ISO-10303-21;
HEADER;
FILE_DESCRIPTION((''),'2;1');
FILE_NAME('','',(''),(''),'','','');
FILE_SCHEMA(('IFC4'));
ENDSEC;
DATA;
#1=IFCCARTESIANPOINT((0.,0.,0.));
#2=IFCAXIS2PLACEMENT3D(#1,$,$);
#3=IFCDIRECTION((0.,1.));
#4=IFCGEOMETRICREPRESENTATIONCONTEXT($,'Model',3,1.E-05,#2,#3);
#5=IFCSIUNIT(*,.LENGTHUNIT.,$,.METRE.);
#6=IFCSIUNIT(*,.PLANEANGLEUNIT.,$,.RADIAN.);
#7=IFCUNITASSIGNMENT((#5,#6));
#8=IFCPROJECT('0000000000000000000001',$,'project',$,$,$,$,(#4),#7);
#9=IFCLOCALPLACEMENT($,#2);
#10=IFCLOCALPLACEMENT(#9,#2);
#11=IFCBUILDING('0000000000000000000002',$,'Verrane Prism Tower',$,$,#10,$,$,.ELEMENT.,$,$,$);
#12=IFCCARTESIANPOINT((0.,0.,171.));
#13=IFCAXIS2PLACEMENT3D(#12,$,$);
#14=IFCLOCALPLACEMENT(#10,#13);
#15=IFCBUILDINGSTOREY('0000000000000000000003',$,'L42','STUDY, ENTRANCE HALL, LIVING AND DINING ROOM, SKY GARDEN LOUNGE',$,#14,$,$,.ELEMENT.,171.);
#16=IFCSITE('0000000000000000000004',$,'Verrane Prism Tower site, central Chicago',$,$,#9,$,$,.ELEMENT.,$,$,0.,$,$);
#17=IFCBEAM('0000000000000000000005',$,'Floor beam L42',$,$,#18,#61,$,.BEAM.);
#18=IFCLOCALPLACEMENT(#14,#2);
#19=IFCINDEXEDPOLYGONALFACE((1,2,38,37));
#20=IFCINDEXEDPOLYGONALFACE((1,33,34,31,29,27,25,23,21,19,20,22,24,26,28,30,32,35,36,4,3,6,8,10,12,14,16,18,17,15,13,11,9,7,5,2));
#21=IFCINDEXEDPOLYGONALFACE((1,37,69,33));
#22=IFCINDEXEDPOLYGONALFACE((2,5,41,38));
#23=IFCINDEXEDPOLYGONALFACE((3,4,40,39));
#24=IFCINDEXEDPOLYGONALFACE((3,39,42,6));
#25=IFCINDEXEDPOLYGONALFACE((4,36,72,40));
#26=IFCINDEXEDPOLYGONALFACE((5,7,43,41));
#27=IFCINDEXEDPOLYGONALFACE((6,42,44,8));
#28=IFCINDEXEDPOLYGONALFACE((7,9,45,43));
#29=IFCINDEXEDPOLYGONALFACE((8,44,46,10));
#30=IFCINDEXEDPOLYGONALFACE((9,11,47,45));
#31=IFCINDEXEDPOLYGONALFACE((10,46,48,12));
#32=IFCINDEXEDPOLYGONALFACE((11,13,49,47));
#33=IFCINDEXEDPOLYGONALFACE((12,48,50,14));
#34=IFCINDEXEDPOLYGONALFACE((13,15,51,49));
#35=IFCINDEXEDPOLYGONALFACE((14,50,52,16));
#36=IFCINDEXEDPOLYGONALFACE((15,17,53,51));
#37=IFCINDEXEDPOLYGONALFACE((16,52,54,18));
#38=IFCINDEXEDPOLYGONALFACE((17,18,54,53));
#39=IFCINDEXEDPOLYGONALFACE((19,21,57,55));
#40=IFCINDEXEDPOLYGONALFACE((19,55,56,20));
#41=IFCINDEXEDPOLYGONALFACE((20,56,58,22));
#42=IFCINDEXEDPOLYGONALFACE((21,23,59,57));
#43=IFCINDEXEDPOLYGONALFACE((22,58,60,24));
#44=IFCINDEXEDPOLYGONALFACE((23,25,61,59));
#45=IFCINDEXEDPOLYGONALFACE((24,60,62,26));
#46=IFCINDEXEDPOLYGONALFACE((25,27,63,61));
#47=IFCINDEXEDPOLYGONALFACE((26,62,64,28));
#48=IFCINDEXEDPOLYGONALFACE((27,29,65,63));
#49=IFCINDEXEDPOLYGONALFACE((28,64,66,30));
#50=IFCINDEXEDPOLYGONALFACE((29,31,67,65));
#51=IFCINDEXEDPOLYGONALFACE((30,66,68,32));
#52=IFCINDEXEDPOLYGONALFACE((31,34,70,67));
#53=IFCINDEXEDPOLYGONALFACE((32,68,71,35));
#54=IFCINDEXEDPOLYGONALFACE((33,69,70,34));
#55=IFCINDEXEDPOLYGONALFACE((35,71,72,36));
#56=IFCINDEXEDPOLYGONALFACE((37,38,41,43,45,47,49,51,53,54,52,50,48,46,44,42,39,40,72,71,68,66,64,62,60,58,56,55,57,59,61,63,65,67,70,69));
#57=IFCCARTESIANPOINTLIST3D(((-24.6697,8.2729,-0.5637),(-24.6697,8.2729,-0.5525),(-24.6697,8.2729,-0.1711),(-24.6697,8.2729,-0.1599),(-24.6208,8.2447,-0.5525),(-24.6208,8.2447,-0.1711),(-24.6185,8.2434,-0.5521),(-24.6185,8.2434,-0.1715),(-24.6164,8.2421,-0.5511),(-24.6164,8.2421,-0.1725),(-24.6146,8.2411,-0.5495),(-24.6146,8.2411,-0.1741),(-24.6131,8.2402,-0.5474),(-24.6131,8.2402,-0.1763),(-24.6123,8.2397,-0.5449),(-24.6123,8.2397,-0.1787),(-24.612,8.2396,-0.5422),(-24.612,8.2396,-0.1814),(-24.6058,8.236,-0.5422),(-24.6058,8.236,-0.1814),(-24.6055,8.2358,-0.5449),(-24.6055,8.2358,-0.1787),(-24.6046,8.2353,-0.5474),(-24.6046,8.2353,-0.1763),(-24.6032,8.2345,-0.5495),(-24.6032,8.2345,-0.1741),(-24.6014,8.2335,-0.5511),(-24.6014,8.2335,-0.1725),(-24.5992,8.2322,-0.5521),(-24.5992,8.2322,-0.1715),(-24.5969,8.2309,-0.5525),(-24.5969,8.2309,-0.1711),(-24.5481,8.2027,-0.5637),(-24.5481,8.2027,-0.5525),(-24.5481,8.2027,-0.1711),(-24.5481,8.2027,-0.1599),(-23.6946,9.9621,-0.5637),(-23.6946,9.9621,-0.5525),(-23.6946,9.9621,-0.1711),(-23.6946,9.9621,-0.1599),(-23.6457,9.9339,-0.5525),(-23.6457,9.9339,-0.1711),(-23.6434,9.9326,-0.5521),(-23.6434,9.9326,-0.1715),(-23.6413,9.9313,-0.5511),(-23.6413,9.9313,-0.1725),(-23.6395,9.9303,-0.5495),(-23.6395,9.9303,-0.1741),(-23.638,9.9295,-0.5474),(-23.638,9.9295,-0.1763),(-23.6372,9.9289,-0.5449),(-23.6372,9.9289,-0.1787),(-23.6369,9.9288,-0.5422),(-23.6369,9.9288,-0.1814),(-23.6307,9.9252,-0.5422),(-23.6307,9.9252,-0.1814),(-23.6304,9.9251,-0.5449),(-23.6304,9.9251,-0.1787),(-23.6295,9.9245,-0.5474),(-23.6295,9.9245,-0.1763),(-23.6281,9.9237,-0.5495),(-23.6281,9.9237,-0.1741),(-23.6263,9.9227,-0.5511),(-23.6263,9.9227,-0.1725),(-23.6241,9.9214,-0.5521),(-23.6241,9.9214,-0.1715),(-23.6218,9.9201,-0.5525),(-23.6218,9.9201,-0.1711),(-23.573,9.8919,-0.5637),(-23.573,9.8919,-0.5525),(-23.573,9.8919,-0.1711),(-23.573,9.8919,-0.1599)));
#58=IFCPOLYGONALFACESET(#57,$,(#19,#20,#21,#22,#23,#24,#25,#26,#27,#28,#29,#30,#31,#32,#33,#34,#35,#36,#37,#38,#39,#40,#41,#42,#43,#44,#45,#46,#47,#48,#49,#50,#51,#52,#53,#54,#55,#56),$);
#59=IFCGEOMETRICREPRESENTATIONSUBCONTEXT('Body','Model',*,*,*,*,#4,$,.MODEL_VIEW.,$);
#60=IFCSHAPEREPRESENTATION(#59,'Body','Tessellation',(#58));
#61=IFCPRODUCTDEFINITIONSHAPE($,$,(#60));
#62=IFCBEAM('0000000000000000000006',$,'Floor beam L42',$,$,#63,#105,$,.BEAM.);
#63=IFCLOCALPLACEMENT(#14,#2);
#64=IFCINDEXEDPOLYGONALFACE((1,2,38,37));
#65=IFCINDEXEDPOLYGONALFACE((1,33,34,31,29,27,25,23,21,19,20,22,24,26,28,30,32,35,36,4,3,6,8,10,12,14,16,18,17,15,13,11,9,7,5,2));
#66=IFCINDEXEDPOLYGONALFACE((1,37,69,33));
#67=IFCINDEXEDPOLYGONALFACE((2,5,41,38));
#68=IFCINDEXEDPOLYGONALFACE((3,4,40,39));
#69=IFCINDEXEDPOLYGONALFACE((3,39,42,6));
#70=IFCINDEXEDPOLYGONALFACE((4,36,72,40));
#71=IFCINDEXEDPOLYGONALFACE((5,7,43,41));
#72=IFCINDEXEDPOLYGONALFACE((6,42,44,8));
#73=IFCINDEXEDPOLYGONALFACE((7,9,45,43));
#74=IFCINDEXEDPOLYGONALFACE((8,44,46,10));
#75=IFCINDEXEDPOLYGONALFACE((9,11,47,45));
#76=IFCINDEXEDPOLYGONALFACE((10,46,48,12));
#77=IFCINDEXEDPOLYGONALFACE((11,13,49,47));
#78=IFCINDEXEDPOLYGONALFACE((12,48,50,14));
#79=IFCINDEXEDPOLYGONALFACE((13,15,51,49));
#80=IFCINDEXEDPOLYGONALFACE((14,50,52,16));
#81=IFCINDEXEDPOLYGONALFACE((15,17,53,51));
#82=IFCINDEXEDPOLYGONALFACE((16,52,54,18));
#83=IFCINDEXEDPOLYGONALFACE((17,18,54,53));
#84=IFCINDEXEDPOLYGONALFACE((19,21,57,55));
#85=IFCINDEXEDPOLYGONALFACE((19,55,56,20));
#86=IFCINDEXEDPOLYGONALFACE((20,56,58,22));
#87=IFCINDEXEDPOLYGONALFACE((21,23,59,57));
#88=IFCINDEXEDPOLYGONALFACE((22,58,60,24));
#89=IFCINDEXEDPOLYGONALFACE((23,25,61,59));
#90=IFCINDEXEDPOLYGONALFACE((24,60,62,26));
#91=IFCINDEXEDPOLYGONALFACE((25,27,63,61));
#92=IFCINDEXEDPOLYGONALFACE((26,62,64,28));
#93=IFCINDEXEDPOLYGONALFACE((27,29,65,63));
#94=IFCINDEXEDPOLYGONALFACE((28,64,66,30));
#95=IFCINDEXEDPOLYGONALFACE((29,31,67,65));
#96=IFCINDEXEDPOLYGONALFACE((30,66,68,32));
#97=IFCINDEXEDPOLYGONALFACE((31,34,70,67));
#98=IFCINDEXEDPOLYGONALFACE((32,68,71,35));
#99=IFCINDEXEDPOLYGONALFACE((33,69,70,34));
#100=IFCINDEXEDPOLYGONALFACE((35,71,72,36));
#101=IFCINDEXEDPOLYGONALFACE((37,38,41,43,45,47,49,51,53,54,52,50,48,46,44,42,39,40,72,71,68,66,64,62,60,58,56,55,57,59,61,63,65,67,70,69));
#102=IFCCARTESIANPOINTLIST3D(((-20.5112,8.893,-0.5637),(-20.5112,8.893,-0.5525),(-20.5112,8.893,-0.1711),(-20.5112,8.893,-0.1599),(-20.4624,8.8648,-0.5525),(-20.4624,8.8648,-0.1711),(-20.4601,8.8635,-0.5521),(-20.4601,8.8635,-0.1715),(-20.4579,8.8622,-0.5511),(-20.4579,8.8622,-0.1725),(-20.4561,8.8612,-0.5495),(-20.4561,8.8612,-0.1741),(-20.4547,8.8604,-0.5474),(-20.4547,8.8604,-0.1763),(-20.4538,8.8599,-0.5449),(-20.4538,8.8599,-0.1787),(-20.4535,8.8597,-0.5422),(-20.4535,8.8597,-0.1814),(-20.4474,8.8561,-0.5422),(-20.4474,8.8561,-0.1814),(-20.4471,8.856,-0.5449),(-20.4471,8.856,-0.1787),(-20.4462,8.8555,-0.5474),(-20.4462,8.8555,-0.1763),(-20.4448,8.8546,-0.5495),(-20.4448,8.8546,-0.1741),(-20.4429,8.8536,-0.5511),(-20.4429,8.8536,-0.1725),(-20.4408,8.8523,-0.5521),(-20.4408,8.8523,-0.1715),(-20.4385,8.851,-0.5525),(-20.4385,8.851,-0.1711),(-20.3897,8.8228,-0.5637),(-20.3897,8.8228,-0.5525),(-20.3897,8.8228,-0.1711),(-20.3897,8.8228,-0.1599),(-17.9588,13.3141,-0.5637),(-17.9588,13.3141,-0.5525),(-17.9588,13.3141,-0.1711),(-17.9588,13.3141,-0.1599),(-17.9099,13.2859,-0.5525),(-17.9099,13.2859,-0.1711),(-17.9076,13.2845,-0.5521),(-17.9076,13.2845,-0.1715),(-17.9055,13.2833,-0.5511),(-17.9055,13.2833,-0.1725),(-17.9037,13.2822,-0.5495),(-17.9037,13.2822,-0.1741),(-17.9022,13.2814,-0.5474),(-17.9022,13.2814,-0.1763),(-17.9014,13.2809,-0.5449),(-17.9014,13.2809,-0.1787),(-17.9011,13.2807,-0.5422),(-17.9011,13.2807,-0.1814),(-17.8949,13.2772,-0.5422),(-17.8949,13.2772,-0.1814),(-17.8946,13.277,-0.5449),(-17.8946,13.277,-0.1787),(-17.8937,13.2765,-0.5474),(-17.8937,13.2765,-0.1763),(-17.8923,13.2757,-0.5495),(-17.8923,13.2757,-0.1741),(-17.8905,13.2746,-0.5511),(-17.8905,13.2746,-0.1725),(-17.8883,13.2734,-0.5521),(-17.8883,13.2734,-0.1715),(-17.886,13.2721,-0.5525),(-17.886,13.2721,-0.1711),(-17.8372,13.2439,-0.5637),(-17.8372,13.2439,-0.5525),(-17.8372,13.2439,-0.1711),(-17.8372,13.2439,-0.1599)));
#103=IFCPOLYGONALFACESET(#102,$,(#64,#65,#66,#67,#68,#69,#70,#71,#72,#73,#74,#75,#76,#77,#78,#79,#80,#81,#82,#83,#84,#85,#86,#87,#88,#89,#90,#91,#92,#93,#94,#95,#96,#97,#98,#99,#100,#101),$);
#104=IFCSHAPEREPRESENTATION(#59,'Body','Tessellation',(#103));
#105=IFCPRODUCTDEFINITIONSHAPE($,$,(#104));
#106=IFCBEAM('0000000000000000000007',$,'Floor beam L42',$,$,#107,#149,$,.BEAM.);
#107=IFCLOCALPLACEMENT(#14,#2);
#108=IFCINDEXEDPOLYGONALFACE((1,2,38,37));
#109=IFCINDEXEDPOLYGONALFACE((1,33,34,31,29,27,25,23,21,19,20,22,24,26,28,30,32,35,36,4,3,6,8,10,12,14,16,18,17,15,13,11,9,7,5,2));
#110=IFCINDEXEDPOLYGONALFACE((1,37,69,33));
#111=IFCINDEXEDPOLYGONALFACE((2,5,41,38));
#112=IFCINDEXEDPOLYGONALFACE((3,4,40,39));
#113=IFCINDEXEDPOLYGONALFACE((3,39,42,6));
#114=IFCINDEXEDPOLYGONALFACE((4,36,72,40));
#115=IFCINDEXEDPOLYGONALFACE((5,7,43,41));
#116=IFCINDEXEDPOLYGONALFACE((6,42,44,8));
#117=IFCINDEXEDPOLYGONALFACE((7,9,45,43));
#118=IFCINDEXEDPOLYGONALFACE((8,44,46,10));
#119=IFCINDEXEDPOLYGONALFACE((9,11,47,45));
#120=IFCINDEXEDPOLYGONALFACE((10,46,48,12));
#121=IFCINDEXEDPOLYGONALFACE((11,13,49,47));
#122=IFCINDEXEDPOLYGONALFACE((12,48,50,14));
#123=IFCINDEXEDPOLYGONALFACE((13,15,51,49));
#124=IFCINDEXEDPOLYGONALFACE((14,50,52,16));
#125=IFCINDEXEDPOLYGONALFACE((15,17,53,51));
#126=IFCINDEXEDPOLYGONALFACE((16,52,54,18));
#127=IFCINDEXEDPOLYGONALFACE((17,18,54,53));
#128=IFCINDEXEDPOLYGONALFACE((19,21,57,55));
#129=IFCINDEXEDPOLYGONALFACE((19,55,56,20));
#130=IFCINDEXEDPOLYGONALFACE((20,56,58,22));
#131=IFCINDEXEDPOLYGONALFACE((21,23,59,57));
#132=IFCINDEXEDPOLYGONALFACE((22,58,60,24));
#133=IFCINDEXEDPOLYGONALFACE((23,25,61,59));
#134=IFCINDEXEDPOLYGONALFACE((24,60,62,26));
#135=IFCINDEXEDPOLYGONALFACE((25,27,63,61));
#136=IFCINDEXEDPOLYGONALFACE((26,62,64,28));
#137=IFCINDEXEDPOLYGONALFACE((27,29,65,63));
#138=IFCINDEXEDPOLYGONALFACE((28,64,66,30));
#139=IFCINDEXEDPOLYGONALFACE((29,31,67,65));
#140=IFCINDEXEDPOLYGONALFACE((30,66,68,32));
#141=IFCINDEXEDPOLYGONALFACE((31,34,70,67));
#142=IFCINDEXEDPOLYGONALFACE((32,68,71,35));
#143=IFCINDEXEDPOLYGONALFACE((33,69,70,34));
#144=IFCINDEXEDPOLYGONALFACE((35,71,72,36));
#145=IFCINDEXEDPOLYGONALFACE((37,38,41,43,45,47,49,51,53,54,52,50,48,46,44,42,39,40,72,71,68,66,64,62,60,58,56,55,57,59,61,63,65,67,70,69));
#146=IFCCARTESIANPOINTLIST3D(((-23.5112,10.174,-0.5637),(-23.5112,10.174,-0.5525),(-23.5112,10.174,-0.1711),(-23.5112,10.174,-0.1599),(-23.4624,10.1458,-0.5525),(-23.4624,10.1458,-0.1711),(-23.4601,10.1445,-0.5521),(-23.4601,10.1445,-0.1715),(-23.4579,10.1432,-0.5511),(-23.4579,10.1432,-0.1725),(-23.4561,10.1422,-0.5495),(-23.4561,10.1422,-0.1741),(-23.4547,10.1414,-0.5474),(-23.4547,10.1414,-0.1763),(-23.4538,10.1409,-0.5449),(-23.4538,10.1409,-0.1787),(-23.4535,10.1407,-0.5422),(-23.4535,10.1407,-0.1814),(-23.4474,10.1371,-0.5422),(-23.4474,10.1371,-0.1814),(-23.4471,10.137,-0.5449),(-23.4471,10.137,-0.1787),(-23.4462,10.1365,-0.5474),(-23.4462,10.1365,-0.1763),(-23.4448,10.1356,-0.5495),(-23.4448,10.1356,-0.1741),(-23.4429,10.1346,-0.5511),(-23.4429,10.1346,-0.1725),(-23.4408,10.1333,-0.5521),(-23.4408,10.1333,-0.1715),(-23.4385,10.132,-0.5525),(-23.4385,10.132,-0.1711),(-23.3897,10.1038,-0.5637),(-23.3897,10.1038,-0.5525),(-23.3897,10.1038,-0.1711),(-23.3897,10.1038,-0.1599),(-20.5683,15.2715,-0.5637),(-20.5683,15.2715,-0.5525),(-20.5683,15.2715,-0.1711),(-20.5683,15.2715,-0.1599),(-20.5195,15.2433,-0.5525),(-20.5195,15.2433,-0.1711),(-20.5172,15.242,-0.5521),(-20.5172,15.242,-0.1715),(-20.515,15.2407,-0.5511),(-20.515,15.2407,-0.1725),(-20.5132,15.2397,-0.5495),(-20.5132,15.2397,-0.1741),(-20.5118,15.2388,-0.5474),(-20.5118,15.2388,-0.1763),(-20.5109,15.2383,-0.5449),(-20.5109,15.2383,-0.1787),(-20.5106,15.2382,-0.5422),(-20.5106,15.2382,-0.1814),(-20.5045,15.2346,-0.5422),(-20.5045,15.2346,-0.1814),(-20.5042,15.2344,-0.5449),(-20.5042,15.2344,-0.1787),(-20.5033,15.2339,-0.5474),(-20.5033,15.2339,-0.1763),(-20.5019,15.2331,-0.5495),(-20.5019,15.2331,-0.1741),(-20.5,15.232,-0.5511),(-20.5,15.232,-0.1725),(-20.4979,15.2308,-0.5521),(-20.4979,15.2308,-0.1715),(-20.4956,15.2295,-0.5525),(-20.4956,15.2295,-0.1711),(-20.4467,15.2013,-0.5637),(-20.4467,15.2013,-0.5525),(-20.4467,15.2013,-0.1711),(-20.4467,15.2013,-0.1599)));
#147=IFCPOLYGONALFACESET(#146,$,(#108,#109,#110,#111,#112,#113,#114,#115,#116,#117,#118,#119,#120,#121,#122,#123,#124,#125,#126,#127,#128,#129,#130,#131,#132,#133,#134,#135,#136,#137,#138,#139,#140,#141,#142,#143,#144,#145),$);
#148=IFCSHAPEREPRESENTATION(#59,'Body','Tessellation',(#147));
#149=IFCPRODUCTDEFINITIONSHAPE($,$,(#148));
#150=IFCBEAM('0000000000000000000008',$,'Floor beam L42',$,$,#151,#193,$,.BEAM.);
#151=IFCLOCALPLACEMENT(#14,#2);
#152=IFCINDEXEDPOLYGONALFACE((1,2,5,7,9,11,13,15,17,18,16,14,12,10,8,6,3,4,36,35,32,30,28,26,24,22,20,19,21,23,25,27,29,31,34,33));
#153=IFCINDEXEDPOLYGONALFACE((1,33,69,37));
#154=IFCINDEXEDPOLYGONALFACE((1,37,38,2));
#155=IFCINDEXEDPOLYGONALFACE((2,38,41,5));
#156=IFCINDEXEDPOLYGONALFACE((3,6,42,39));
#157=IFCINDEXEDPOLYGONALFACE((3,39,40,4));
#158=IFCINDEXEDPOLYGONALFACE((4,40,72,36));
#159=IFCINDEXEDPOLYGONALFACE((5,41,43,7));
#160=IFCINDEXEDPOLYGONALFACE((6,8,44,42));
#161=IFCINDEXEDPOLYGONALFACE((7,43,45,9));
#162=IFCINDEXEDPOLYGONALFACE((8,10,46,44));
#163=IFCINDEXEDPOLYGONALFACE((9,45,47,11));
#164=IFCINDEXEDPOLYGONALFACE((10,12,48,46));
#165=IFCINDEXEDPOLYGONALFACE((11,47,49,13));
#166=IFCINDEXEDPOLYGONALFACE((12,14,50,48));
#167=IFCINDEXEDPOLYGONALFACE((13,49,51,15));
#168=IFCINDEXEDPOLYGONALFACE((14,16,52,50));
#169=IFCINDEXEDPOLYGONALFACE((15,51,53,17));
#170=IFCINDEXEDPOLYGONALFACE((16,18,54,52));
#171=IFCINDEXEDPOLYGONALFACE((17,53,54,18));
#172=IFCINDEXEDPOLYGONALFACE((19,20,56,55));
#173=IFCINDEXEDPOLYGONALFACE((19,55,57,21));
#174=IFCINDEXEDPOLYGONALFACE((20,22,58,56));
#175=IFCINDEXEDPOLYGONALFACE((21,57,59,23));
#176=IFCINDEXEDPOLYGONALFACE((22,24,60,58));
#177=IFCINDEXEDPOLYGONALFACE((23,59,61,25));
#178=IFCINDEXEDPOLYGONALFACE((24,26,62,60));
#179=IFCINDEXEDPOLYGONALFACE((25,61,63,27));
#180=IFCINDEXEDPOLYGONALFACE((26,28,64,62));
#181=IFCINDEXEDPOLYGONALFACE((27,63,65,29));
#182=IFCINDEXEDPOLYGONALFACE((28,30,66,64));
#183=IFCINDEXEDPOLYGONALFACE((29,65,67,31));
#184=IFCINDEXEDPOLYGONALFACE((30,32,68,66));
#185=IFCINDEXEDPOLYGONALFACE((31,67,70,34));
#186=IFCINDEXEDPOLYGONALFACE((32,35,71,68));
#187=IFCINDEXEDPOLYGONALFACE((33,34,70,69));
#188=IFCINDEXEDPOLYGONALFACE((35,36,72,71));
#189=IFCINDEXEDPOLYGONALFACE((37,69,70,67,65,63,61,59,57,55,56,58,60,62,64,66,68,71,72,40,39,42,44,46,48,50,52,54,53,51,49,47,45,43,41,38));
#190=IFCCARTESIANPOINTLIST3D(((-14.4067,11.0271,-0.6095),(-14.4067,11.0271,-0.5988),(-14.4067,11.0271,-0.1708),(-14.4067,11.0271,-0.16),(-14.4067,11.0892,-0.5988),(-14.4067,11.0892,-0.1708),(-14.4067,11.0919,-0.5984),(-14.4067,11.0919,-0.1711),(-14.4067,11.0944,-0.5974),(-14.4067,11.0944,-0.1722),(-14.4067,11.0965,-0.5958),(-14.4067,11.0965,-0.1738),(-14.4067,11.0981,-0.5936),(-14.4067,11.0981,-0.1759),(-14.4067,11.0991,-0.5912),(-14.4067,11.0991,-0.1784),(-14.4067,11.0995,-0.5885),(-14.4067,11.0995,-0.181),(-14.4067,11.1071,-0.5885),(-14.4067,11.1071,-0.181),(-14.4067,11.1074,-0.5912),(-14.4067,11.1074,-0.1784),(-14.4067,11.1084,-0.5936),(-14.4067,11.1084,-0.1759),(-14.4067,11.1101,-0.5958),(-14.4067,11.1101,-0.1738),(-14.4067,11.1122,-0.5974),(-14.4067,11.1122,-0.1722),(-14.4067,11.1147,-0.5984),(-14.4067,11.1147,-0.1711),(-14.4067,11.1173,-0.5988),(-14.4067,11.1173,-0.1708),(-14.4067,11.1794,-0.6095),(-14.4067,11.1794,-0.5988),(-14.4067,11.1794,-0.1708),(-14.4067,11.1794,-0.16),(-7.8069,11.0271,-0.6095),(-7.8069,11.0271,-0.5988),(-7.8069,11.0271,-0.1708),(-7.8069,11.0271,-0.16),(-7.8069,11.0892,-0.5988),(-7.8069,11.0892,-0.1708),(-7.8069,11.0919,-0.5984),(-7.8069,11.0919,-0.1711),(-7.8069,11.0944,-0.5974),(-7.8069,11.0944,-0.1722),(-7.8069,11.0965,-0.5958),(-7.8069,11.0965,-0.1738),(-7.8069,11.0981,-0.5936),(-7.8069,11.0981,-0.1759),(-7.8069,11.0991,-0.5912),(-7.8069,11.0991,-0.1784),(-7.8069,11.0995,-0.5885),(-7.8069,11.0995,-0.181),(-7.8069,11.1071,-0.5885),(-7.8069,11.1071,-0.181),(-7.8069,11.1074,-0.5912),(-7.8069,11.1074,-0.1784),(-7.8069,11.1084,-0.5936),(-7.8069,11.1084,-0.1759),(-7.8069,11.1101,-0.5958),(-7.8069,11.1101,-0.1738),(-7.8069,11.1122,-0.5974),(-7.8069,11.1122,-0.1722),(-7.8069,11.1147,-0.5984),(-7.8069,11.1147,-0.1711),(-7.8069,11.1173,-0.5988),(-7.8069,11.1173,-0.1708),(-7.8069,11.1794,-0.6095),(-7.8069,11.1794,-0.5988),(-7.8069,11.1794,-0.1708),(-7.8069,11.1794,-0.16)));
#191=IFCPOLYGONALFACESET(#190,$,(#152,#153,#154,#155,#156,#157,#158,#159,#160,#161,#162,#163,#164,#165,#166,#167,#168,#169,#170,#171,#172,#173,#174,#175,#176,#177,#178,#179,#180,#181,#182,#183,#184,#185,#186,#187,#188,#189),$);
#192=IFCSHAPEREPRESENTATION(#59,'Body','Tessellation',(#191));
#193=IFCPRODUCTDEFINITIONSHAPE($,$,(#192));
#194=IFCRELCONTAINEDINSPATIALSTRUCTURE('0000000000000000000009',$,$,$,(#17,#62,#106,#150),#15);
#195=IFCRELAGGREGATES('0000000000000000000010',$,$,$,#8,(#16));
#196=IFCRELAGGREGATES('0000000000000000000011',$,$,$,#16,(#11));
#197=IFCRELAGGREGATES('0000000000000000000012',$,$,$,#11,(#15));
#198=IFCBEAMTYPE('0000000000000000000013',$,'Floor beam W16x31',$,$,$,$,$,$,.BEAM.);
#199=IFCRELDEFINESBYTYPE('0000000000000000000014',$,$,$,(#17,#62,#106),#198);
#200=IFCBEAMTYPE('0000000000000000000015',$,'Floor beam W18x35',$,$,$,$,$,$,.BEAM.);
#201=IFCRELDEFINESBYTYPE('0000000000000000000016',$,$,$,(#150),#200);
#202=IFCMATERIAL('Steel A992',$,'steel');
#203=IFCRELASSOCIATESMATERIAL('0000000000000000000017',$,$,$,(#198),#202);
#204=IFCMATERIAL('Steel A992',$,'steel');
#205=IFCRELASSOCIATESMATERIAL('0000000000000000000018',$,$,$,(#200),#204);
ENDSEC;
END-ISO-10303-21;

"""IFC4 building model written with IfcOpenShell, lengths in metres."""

from ifc_helpers import new_model, si_unit, direction, frame, origin, origin_2d, place, context, subcontext, project, spatial, i_section, extrude, material, material_profile, profile_set, type_object, element, save


model = new_model("IFC4")

# Units and contexts
model_context = context("Model", 3, precision=1e-05, world=origin(), true_north=direction((0.0, 1.0)))
body_context = subcontext(model_context, "Body", "Model", "MODEL_VIEW")
ifc_project = project(units=[si_unit("LENGTHUNIT", "METRE"), si_unit("PLANEANGLEUNIT", "RADIAN")], contexts=[model_context])

# Site, building, storey
site_placement = place(None, origin())
site = spatial("IfcSite", under=ifc_project, at=site_placement, Name="Verrane Prism Tower site, central Chicago", CompositionType="ELEMENT", RefElevation=0.0)
building_placement = place(site_placement, origin())
building = spatial("IfcBuilding", under=site, at=building_placement, Name="Verrane Prism Tower", CompositionType="ELEMENT")
storey_placement = place(building_placement, frame((0.0, 0.0, 171.0)))
storey = spatial("IfcBuildingStorey", under=building, at=storey_placement, Name="L42", Description="STUDY, ENTRANCE HALL, LIVING AND DINING ROOM, SKY GARDEN LOUNGE", CompositionType="ELEMENT", Elevation=171.0)

# Beams
ifc_material_1 = material(Name="Steel A992", Category="steel")
ifc_material_profile_1 = material_profile(ifc_material_1, i_section(OverallWidth=0.1404, OverallDepth=0.4038, WebThickness=0.0071, FlangeThickness=0.0112, FilletRadius=0.0103, at=origin_2d()), Name="W16x31")
ifc_profile_set_1 = profile_set([ifc_material_profile_1], Name="Steel A992")
beam_type_1 = type_object("IfcBeamType", Name="Floor beam W16x31", PredefinedType="BEAM", material=ifc_profile_set_1)
beam_1_placement = place(storey_placement, frame((-24.6089, 8.2378, -0.3618), z_axis=(0.499936, 0.866063, 0.0), x_axis=(-0.866063, 0.499936, 0.0)))
element("IfcBeam", 1, at=beam_1_placement, inside=storey, type_object=beam_type_1, Name="Floor beam L42", PredefinedType="BEAM", context=body_context, shape_type="SweptSolid", body=[
    extrude(i_section(OverallWidth=0.1404, OverallDepth=0.4038, WebThickness=0.0071, FlangeThickness=0.0112, FilletRadius=0.0103, at=origin_2d()), origin(), (0.0, 0.0, 1.0), 1.9504),
])
beam_2_placement = place(storey_placement, frame((-20.4504, 8.8579, -0.3618), z_axis=(0.499992, 0.86603, 0.0), x_axis=(-0.86603, 0.499992, 0.0)))
element("IfcBeam", 2, at=beam_2_placement, inside=storey, type_object=beam_type_1, Name="Floor beam L42", PredefinedType="BEAM", context=body_context, shape_type="SweptSolid", body=[
    extrude(i_section(OverallWidth=0.1404, OverallDepth=0.4038, WebThickness=0.0071, FlangeThickness=0.0112, FilletRadius=0.0103, at=origin_2d()), origin(), (0.0, 0.0, 1.0), 5.105),
])
beam_3_placement = place(storey_placement, frame((-23.4504, 10.1389, -0.3618), z_axis=(0.499985, 0.866034, 0.0), x_axis=(-0.866034, 0.499985, 0.0)))
element("IfcBeam", 3, at=beam_3_placement, inside=storey, type_object=beam_type_1, Name="Floor beam L42", PredefinedType="BEAM", context=body_context, shape_type="SweptSolid", body=[
    extrude(i_section(OverallWidth=0.1404, OverallDepth=0.4038, WebThickness=0.0071, FlangeThickness=0.0112, FilletRadius=0.0103, at=origin_2d()), origin(), (0.0, 0.0, 1.0), 5.886),
])
ifc_material_2 = material(Name="Steel A992", Category="steel")
ifc_material_profile_2 = material_profile(ifc_material_2, i_section(OverallWidth=0.1523, OverallDepth=0.4495, WebThickness=0.0076, FlangeThickness=0.0107, FilletRadius=0.0103, at=origin_2d()), Name="W18x35")
ifc_profile_set_2 = profile_set([ifc_material_profile_2], Name="Steel A992")
beam_type_2 = type_object("IfcBeamType", Name="Floor beam W18x35", PredefinedType="BEAM", material=ifc_profile_set_2)
beam_4_placement = place(storey_placement, frame((-14.4067, 11.1033, -0.3848), z_axis=(1.0, 0.0, 0.0), x_axis=(0.0, 1.0, 0.0)))
element("IfcBeam", 4, at=beam_4_placement, inside=storey, type_object=beam_type_2, Name="Floor beam L42", PredefinedType="BEAM", context=body_context, shape_type="SweptSolid", body=[
    extrude(i_section(OverallWidth=0.1523, OverallDepth=0.4495, WebThickness=0.0076, FlangeThickness=0.0107, FilletRadius=0.0103, at=origin_2d()), origin(), (0.0, 0.0, 1.0), 6.5999),
])

save(model, "model.ifc")
